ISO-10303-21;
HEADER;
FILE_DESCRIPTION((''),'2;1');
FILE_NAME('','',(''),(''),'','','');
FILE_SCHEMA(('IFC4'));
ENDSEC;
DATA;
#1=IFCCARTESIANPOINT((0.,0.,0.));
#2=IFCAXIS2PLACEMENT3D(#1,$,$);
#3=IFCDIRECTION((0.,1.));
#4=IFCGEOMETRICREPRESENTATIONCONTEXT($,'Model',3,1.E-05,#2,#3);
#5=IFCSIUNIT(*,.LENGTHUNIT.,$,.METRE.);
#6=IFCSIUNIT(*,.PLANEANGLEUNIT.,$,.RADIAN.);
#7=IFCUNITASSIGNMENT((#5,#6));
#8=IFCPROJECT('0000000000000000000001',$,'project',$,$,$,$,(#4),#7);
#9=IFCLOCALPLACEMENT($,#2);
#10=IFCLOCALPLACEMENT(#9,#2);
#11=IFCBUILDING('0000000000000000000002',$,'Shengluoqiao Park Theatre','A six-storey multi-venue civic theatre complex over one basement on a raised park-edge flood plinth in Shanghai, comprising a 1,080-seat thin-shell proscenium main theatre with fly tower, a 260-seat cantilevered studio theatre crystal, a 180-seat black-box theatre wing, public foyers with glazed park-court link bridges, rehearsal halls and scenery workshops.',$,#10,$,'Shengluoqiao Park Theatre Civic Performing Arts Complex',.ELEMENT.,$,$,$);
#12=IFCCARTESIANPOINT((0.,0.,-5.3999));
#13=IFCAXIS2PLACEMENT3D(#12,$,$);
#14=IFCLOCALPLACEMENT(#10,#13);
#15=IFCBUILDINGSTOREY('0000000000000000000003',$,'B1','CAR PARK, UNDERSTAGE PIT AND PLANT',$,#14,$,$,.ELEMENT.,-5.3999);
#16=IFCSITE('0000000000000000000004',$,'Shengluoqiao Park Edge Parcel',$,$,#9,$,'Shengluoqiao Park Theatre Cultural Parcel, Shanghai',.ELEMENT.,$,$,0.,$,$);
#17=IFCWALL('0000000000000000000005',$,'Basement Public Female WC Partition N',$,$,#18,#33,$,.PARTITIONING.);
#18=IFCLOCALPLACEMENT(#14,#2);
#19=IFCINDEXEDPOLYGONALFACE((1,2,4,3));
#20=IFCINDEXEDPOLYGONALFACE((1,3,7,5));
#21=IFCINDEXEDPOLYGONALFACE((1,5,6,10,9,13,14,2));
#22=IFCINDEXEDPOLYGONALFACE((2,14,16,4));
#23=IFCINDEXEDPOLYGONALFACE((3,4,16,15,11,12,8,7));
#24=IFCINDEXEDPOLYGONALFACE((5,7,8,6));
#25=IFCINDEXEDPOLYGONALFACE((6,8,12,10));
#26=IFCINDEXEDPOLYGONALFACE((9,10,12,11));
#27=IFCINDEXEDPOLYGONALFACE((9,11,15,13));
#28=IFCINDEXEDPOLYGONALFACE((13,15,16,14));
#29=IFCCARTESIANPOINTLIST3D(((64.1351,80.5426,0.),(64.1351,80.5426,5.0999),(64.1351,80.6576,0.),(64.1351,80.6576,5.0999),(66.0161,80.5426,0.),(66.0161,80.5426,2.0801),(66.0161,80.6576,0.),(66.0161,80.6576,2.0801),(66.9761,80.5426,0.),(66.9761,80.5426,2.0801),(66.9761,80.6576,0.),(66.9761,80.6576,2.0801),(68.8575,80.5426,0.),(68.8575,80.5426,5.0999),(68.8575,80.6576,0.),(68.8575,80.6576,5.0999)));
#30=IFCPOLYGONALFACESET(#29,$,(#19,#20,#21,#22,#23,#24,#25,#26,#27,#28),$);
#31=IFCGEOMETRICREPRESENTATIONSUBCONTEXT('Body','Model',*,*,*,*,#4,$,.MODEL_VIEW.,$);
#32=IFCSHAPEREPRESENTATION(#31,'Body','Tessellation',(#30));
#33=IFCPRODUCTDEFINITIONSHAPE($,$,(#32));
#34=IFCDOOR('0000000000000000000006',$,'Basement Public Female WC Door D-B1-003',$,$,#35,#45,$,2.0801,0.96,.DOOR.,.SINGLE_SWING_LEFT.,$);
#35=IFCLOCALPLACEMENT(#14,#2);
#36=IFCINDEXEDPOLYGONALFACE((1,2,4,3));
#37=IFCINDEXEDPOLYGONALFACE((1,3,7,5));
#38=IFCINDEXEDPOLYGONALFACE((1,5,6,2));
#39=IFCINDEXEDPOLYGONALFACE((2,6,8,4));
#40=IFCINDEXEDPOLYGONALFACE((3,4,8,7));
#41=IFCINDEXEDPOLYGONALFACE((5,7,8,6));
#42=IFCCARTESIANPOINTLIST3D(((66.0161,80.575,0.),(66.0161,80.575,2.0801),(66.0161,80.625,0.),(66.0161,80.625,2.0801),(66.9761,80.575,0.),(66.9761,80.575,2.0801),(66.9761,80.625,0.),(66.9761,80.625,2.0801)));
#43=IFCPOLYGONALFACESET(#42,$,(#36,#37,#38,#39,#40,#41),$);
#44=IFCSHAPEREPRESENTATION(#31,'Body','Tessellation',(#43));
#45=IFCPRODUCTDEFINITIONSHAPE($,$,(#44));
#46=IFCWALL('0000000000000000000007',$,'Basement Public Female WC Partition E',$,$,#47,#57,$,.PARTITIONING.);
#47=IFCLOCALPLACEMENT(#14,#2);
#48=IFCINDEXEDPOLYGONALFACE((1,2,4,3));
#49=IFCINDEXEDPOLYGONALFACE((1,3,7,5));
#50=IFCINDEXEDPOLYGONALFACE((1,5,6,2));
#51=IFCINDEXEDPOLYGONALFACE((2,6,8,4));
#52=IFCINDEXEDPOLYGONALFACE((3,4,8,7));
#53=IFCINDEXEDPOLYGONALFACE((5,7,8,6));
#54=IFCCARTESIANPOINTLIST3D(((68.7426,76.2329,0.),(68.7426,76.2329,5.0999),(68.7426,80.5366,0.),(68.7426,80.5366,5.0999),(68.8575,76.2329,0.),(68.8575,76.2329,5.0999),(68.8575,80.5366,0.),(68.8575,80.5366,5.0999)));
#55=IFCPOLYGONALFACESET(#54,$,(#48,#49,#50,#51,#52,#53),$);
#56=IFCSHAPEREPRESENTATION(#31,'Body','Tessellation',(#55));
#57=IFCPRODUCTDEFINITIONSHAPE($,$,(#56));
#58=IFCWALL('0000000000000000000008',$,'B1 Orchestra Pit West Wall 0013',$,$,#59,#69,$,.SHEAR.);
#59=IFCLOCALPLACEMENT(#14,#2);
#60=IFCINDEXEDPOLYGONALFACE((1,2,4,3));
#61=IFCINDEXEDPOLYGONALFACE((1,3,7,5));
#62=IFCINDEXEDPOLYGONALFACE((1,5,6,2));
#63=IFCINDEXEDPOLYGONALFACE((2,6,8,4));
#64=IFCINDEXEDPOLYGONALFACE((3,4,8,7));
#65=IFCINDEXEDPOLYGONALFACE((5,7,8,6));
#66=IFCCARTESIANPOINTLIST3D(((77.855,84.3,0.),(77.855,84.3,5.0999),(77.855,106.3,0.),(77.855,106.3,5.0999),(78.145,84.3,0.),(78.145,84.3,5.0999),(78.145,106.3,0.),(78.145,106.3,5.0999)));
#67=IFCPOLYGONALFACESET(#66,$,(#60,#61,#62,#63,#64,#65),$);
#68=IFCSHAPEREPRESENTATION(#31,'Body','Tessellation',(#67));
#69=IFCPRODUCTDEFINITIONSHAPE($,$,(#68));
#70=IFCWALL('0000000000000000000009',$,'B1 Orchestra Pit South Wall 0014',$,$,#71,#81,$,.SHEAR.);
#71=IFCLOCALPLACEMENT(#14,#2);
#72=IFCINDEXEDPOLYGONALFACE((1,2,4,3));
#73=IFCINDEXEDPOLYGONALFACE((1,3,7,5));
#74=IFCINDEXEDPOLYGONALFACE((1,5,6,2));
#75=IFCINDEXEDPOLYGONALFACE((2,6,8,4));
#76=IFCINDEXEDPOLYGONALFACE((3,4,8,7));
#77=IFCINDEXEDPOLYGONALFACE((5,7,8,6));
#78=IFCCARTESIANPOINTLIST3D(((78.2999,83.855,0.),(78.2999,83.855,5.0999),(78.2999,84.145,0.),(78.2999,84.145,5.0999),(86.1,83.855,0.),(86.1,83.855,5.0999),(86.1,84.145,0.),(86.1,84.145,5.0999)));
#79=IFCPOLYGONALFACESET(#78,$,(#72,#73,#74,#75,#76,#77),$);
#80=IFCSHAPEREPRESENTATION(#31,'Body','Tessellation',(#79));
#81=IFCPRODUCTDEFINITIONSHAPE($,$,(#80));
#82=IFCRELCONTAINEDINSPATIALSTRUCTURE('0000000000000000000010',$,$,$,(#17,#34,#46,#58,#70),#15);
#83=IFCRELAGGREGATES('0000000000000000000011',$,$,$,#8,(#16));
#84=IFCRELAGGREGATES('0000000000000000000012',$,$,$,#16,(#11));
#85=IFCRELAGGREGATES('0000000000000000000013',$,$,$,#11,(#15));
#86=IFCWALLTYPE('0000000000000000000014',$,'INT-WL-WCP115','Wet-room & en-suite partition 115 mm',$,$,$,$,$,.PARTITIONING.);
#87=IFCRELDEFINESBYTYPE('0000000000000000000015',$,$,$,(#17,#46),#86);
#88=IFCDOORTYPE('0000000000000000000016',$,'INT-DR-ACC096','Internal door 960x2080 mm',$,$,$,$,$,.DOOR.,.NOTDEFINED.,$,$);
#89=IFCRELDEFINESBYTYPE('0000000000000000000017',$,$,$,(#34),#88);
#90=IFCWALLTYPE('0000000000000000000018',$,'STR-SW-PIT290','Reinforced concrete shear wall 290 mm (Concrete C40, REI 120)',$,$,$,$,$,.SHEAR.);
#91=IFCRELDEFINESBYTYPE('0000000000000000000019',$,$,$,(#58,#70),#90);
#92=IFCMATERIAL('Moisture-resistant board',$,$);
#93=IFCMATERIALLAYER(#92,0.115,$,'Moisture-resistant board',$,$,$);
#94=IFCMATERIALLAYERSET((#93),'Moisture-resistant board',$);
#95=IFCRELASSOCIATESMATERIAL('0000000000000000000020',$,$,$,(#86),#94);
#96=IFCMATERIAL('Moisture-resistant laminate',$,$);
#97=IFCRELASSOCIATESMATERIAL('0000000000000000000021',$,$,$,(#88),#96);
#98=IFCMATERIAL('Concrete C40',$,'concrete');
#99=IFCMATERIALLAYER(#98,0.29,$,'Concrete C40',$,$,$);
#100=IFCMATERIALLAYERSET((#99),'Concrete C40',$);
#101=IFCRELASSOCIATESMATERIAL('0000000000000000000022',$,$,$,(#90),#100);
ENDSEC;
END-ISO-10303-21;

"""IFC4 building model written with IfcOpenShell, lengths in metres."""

from ifc_helpers import new_model, si_unit, direction, frame, frame_2d, origin, place, context, subcontext, project, spatial, rectangle, extrude, material, layer, layer_set, type_object, element, fill, save


model = new_model("IFC4")

# Units and contexts
model_context = context("Model", 3, precision=1e-05, world=origin(), true_north=direction((0.0, 1.0)))
body_context = subcontext(model_context, "Body", "Model", "MODEL_VIEW")
ifc_project = project(units=[si_unit("LENGTHUNIT", "METRE"), si_unit("PLANEANGLEUNIT", "RADIAN")], contexts=[model_context])

# Site, building, storey
site_placement = place(None, origin())
site = spatial("IfcSite", under=ifc_project, at=site_placement, Name="Shengluoqiao Park Edge Parcel", LongName="Shengluoqiao Park Theatre Cultural Parcel, Shanghai", CompositionType="ELEMENT", RefElevation=0.0)
building_placement = place(site_placement, origin())
building = spatial("IfcBuilding", under=site, at=building_placement, Name="Shengluoqiao Park Theatre", Description="A six-storey multi-venue civic theatre complex over one basement on a raised park-edge flood plinth in Shanghai, comprising a 1,080-seat thin-shell proscenium main theatre with fly tower, a 260-seat cantilevered studio theatre crystal, a 180-seat black-box theatre wing, public foyers with glazed park-court link bridges, rehearsal halls and scenery workshops.", LongName="Shengluoqiao Park Theatre Civic Performing Arts Complex", CompositionType="ELEMENT")
storey_placement = place(building_placement, frame((0.0, 0.0, -5.3999)))
storey = spatial("IfcBuildingStorey", under=building, at=storey_placement, Name="B1", Description="CAR PARK, UNDERSTAGE PIT AND PLANT", CompositionType="ELEMENT", Elevation=-5.3999)

# Shared definitions
ifc_material_1 = material(Name="Moisture-resistant board")
ifc_layer_1 = layer(ifc_material_1, 0.115, Name="Moisture-resistant board")
ifc_layer_set_1 = layer_set([ifc_layer_1], Name="Moisture-resistant board")
wall_type_1 = type_object("IfcWallType", Name="INT-WL-WCP115", Description="Wet-room & en-suite partition 115 mm", PredefinedType="PARTITIONING", material=ifc_layer_set_1)
ifc_material_2 = material(Name="Moisture-resistant laminate")
door_type_1 = type_object("IfcDoorType", Name="INT-DR-ACC096", Description="Internal door 960x2080 mm", OperationType="NOTDEFINED", PredefinedType="DOOR", material=ifc_material_2)

# Wall, opening, door
wall_1_placement = place(storey_placement, frame((64.135, 80.6001, 0.0), z_axis=(0.0, 0.0, 1.0), x_axis=(1.0, 0.0, 0.0)))
wall_1 = element("IfcWall", 1, at=wall_1_placement, inside=storey, type_object=wall_type_1, Name="Basement Public Female WC Partition N", PredefinedType="PARTITIONING", context=body_context, shape_type="SweptSolid", body=[
    extrude(rectangle(XDim=4.7224, YDim=0.115, at=frame_2d((2.3613, 0.0))), origin(), (0.0, 0.0, 1.0), 5.0999),
])
opening_1_placement = place(wall_1_placement, frame((1.8811, 0.0, 0.0)))
opening_1 = element("IfcOpeningElement", 2, at=opening_1_placement, cuts=wall_1, PredefinedType="OPENING", context=body_context, shape_type="SweptSolid", body=[
    extrude(rectangle(XDim=0.96, YDim=2.0801, at=frame_2d((0.48, 1.04))), frame((0.0, 0.0674, 0.0), z_axis=(0.0, -1.0, 0.0), x_axis=(1.0, 0.0, 0.0)), (0.0, 0.0, 1.0), 0.135),
])
door_1_placement = place(opening_1_placement, origin())
door_1 = element("IfcDoor", 3, at=door_1_placement, inside=storey, type_object=door_type_1, Name="Basement Public Female WC Door D-B1-003", OperationType="SINGLE_SWING_LEFT", OverallHeight=2.0801, OverallWidth=0.96, PredefinedType="DOOR", context=body_context, shape_type="SweptSolid", body=[
    extrude(rectangle(XDim=0.96, YDim=2.0801, at=frame_2d((0.48, 1.04))), frame((0.0, 0.0249, 0.0), z_axis=(0.0, -1.0, 0.0), x_axis=(1.0, 0.0, 0.0)), (0.0, 0.0, 1.0), 0.05),
])
fill(opening_1, door_1)

# Walls
wall_2_placement = place(storey_placement, frame((68.8, 76.2329, 0.0), z_axis=(0.0, 0.0, 1.0), x_axis=(0.0, 1.0, 0.0)))
element("IfcWall", 4, at=wall_2_placement, inside=storey, type_object=wall_type_1, Name="Basement Public Female WC Partition E", PredefinedType="PARTITIONING", context=body_context, shape_type="SweptSolid", body=[
    extrude(rectangle(XDim=4.3037, YDim=0.115, at=frame_2d((2.1519, 0.0))), origin(), (0.0, 0.0, 1.0), 5.0999),
])
ifc_material_3 = material(Name="Concrete C40", Category="concrete")
ifc_layer_2 = layer(ifc_material_3, 0.29, Name="Concrete C40")
ifc_layer_set_2 = layer_set([ifc_layer_2], Name="Concrete C40")
wall_type_2 = type_object("IfcWallType", Name="STR-SW-PIT290", Description="Reinforced concrete shear wall 290 mm (Concrete C40, REI 120)", PredefinedType="SHEAR", material=ifc_layer_set_2)
wall_3_placement = place(storey_placement, frame((78.0, 84.3, 0.0), z_axis=(0.0, 0.0, 1.0), x_axis=(0.0, 1.0, 0.0)))
element("IfcWall", 5, at=wall_3_placement, inside=storey, type_object=wall_type_2, Name="B1 Orchestra Pit West Wall 0013", PredefinedType="SHEAR", context=body_context, shape_type="SweptSolid", body=[
    extrude(rectangle(XDim=22.0, YDim=0.29, at=frame_2d((11.0, 0.0))), origin(), (0.0, 0.0, 1.0), 5.0999),
])
wall_4_placement = place(storey_placement, frame((78.3, 84.0, 0.0), z_axis=(0.0, 0.0, 1.0), x_axis=(1.0, 0.0, 0.0)))
element("IfcWall", 6, at=wall_4_placement, inside=storey, type_object=wall_type_2, Name="B1 Orchestra Pit South Wall 0014", PredefinedType="SHEAR", context=body_context, shape_type="SweptSolid", body=[
    extrude(rectangle(XDim=7.8, YDim=0.29, at=frame_2d((3.8999, 0.0))), origin(), (0.0, 0.0, 1.0), 5.0999),
])

save(model, "model.ifc")
